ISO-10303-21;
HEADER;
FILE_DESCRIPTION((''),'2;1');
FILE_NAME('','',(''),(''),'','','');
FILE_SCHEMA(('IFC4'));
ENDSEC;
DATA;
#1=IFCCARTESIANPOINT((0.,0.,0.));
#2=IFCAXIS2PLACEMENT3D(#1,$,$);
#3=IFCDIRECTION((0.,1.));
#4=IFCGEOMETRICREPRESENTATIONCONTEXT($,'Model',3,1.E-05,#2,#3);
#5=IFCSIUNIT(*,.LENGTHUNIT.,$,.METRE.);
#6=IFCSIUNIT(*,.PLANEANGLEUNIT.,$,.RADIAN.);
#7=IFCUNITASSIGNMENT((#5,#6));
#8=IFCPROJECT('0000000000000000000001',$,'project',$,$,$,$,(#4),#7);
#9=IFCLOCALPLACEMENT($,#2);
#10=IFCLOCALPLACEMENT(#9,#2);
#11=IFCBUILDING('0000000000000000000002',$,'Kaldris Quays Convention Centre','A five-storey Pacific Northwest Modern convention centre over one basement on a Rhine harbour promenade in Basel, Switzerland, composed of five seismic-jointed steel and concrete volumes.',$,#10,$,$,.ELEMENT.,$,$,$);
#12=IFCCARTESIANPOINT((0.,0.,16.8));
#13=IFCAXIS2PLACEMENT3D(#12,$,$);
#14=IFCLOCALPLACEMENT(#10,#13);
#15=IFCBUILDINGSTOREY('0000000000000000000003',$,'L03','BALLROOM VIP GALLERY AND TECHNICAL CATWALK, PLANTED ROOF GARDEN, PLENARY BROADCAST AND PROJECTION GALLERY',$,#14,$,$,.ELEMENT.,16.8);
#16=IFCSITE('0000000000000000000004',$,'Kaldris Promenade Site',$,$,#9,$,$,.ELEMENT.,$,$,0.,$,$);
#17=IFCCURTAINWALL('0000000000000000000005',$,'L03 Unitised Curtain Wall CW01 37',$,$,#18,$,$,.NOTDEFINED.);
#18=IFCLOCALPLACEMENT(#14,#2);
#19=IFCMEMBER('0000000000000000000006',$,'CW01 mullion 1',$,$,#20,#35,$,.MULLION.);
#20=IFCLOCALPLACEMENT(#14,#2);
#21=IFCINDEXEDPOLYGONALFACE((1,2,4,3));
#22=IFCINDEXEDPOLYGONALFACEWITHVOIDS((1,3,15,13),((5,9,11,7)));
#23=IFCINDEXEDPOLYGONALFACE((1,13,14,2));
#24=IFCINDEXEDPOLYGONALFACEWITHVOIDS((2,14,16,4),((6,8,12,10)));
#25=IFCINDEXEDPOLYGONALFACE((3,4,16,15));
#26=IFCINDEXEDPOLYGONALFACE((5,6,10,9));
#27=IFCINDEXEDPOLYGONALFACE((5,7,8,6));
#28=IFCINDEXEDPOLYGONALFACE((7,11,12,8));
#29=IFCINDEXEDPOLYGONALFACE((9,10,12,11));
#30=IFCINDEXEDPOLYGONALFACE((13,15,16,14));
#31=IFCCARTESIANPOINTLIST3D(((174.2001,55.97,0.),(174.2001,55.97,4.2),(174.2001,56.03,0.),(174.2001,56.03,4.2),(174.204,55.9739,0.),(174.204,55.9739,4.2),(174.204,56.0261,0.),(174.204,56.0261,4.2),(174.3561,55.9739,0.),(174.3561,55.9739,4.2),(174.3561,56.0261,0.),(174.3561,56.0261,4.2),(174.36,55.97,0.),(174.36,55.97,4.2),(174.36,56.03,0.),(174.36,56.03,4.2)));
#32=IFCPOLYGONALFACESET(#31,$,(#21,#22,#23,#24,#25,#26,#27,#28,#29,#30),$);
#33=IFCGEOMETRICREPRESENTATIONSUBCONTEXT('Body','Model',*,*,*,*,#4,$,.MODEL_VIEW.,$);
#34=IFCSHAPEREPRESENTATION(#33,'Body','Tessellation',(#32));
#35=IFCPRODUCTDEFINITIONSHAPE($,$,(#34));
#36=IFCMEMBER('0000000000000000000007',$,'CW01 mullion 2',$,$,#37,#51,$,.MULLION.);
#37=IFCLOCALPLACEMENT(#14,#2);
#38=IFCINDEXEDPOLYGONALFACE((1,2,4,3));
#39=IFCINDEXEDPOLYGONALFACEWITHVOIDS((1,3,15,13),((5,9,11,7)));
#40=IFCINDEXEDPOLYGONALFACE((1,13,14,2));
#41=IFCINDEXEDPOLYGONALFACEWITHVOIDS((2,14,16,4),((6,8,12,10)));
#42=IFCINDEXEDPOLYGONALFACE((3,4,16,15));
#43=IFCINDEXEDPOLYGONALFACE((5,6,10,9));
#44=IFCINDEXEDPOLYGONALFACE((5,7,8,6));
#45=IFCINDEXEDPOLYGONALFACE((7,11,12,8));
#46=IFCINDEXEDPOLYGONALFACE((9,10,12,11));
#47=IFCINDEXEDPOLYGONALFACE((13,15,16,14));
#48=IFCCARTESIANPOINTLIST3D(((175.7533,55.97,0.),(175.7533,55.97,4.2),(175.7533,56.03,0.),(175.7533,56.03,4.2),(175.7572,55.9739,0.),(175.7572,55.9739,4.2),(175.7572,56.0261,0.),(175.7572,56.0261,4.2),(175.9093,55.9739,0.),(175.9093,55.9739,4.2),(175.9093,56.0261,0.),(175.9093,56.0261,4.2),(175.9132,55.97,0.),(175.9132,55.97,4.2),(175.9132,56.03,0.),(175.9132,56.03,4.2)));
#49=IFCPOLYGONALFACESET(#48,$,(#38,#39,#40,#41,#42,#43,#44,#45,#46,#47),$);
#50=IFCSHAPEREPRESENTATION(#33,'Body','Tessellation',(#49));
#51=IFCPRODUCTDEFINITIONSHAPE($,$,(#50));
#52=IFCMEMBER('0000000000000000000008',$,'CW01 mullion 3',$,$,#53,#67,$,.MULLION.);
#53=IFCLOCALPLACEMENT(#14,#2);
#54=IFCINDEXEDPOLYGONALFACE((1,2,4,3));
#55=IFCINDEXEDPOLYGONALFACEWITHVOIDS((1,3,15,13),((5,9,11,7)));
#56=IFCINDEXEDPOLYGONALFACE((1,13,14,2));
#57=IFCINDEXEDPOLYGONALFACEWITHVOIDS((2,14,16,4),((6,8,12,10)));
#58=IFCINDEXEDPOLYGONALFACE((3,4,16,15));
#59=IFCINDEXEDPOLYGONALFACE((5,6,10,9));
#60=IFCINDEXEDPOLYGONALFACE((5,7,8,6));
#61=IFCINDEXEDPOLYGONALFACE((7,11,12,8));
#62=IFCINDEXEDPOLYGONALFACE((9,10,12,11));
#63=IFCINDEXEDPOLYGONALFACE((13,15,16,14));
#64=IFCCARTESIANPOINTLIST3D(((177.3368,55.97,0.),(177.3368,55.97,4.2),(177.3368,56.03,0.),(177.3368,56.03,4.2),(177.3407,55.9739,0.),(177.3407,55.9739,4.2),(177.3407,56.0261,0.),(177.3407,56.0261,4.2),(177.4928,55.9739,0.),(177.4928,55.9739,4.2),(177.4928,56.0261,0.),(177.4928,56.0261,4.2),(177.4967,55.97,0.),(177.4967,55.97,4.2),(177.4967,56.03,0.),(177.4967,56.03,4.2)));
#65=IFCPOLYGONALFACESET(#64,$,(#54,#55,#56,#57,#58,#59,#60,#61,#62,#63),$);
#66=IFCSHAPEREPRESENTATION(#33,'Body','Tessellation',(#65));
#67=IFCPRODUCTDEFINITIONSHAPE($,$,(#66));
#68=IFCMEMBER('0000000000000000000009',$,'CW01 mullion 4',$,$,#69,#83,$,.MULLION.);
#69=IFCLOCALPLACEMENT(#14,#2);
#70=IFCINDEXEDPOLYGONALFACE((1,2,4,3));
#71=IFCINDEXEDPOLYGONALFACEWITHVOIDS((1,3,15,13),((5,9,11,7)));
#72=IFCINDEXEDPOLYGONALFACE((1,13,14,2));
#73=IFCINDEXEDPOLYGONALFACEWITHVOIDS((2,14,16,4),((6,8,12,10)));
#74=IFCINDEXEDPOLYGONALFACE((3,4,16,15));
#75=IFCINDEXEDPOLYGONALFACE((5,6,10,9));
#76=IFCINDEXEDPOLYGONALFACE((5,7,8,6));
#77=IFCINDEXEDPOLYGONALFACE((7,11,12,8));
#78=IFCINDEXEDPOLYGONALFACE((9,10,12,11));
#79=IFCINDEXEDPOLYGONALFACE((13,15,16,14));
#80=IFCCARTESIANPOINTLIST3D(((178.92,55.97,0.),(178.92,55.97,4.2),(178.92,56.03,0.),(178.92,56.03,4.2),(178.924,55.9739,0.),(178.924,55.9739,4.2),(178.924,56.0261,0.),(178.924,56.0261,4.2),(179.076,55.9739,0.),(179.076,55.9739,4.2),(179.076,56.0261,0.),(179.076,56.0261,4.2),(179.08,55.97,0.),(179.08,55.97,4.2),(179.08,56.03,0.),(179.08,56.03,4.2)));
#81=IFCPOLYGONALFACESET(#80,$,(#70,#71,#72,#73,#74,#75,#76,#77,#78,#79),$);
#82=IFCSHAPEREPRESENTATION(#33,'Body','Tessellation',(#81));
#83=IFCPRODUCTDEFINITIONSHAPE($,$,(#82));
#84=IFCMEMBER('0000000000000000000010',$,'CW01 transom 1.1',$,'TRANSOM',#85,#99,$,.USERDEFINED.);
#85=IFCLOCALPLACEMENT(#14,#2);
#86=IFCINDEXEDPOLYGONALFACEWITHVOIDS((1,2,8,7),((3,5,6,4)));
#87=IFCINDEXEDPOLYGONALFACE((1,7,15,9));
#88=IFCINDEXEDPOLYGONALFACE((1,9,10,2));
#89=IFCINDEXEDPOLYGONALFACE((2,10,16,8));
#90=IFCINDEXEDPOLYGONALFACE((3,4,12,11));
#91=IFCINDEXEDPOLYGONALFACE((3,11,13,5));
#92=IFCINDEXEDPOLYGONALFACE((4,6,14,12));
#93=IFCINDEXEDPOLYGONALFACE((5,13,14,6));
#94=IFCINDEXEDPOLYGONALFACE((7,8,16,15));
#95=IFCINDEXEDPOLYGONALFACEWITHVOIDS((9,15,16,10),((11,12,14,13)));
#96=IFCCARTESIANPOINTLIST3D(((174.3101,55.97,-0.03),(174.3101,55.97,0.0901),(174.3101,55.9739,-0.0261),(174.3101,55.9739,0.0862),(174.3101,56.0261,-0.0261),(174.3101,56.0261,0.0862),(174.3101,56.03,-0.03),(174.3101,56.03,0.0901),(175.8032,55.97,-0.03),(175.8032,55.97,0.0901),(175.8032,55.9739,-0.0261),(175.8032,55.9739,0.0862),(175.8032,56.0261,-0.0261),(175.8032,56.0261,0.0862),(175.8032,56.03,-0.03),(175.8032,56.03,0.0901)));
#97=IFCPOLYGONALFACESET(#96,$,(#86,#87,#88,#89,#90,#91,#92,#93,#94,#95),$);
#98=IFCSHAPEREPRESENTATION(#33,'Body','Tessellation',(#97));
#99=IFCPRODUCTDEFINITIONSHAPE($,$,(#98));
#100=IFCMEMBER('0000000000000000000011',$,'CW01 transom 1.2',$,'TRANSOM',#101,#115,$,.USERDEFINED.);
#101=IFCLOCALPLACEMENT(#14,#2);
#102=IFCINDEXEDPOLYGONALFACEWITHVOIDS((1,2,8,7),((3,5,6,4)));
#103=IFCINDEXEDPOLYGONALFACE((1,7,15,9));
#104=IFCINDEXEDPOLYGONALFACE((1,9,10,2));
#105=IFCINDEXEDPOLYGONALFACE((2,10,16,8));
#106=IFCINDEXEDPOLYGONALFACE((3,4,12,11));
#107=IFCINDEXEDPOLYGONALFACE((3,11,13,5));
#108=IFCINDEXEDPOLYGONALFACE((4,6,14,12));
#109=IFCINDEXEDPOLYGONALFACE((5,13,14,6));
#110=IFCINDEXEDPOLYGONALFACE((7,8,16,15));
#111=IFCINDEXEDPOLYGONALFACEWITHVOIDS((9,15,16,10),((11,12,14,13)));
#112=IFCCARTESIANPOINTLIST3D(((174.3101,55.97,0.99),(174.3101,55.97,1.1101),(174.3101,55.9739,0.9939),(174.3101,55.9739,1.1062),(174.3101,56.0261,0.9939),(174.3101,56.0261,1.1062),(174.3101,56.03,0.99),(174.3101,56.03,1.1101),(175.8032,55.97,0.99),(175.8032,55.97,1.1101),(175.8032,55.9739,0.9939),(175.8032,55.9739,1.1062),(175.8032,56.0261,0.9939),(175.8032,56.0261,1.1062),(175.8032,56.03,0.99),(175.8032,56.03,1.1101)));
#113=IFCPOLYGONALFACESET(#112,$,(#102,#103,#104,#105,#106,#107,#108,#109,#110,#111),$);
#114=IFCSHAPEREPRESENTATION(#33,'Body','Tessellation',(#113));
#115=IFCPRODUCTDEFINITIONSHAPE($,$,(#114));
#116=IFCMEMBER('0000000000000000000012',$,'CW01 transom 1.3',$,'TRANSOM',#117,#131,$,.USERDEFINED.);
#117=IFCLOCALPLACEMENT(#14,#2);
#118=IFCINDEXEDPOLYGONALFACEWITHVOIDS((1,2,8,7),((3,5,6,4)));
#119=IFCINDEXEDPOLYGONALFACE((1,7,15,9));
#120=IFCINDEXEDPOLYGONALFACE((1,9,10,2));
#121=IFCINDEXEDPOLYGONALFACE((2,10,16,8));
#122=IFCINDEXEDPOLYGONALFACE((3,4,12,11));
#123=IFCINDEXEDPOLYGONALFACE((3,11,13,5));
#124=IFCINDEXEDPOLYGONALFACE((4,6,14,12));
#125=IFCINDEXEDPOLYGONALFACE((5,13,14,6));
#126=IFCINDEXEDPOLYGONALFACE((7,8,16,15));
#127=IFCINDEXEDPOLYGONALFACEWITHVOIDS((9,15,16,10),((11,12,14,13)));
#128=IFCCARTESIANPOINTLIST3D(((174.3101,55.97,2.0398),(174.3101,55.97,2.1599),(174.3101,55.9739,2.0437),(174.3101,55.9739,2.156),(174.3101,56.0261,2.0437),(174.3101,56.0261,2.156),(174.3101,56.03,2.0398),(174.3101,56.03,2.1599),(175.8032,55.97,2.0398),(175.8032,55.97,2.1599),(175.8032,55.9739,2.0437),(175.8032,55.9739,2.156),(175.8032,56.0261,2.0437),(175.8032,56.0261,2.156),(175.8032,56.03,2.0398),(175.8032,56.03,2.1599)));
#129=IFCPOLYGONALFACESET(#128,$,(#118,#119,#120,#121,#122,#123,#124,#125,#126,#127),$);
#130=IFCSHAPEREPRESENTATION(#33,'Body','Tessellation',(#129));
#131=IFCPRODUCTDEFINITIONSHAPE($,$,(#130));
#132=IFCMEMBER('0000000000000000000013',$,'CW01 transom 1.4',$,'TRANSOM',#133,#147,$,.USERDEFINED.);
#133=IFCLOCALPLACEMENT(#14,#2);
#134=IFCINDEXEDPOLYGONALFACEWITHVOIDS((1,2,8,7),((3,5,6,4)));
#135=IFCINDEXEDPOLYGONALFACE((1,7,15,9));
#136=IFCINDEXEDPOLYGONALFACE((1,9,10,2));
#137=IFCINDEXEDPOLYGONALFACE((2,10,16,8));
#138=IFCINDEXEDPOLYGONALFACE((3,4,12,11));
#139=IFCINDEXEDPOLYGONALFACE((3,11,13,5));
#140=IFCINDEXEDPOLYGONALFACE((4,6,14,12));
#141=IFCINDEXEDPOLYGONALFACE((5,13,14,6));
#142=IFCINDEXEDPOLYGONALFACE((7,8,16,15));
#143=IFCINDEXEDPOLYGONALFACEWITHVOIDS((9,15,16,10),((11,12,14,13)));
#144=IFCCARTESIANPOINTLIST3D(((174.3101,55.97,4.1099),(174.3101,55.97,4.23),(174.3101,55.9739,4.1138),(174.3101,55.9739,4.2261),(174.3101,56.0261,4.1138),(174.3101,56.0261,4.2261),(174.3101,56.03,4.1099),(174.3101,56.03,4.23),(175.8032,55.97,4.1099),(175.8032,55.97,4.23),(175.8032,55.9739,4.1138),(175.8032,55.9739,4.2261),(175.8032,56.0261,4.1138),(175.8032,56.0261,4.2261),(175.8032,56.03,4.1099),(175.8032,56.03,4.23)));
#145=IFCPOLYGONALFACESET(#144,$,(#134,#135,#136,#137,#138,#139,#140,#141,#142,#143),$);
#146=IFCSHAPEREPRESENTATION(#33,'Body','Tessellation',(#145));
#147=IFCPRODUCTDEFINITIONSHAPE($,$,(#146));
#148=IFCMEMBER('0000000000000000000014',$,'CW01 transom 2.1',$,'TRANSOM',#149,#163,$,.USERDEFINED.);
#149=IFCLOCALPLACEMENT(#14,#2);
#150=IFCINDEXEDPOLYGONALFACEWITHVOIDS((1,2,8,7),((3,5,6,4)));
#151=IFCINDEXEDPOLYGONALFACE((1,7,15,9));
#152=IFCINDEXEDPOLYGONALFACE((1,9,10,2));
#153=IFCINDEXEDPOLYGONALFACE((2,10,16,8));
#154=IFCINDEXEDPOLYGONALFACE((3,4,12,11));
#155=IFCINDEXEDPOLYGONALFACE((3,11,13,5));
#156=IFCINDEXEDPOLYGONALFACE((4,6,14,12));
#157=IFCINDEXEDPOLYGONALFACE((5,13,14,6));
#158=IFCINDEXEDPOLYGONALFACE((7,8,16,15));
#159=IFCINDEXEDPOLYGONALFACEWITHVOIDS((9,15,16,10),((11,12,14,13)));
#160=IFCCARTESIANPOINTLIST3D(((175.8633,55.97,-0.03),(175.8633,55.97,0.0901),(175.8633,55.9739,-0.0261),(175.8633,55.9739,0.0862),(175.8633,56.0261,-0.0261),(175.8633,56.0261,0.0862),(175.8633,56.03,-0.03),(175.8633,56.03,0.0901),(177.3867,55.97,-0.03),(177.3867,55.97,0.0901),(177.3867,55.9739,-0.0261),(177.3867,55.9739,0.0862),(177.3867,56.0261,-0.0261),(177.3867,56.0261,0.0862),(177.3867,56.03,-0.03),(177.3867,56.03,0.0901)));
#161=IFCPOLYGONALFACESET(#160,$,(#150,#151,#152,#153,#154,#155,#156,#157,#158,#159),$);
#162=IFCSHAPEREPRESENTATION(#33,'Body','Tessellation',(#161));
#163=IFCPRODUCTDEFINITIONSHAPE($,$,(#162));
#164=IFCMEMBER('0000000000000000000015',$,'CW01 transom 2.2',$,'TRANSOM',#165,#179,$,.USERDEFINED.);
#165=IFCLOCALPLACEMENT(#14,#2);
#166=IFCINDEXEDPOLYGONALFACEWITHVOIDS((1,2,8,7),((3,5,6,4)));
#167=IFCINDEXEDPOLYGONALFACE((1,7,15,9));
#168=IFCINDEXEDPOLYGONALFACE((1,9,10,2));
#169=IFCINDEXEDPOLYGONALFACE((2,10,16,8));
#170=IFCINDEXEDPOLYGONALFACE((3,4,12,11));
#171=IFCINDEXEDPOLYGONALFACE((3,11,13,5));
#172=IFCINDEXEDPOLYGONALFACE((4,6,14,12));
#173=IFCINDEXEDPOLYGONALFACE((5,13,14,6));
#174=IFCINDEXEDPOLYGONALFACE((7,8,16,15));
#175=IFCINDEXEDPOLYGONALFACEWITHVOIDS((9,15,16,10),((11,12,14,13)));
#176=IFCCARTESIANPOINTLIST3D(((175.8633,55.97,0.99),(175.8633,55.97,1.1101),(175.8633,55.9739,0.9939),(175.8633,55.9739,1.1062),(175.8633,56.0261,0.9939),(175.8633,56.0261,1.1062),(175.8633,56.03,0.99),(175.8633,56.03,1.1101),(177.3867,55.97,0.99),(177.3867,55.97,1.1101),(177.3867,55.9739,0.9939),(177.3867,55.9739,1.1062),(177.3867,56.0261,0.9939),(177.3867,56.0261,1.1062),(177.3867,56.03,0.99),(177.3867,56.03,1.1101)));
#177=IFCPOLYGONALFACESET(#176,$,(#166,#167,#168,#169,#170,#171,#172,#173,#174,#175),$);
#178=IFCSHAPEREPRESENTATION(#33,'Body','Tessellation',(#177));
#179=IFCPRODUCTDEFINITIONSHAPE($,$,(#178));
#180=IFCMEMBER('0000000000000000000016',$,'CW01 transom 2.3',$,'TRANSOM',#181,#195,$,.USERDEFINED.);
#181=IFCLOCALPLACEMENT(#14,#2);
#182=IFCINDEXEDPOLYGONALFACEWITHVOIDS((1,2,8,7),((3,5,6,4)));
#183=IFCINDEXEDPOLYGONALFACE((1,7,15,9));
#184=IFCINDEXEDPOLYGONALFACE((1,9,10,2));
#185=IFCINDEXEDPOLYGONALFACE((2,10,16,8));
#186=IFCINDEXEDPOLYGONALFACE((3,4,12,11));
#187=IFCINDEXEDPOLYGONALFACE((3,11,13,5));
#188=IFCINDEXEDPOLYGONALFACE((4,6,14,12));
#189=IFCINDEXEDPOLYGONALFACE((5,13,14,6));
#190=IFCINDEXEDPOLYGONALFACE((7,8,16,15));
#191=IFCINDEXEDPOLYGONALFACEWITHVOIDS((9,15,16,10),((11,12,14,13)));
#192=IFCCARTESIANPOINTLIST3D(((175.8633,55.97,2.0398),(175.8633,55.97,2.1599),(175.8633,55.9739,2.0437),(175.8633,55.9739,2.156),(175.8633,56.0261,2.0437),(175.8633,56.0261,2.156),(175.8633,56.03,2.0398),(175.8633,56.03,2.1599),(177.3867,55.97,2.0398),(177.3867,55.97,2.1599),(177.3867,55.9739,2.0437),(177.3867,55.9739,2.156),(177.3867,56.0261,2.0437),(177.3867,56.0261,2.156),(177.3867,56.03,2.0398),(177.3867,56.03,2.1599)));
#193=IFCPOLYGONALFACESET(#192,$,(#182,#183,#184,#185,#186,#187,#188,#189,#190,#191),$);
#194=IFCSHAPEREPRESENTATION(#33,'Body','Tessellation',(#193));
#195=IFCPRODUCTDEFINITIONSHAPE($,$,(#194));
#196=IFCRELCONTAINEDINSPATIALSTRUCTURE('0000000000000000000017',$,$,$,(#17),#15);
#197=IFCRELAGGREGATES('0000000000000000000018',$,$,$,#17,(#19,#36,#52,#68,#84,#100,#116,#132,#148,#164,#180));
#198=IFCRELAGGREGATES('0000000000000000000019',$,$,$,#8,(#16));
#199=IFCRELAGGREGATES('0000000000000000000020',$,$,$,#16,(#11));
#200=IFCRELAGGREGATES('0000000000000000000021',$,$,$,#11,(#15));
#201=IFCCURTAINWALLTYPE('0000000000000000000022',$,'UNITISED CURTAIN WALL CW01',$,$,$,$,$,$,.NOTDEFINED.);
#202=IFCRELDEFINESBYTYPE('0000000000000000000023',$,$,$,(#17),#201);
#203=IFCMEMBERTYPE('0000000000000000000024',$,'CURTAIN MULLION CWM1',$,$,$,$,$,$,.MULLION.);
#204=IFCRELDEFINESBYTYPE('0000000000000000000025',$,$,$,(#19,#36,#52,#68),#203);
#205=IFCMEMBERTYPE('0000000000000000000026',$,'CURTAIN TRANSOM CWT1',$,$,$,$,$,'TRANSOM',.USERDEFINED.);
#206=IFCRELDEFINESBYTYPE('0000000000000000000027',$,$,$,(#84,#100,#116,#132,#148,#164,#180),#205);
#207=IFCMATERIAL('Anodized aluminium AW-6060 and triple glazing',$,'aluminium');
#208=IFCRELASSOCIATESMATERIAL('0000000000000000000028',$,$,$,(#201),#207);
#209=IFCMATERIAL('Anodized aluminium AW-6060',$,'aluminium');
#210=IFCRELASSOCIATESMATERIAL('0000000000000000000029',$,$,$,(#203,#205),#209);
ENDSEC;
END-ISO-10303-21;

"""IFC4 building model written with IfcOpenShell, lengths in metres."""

from ifc_helpers import new_model, si_unit, direction, frame, origin, origin_2d, place, context, subcontext, project, spatial, hollow_rectangle, extrude, material, material_profile, profile_set, type_object, element, aggregate, save


model = new_model("IFC4")

# Units and contexts
model_context = context("Model", 3, precision=1e-05, world=origin(), true_north=direction((0.0, 1.0)))
body_context = subcontext(model_context, "Body", "Model", "MODEL_VIEW")
ifc_project = project(units=[si_unit("LENGTHUNIT", "METRE"), si_unit("PLANEANGLEUNIT", "RADIAN")], contexts=[model_context])

# Site, building, storey
site_placement = place(None, origin())
site = spatial("IfcSite", under=ifc_project, at=site_placement, Name="Kaldris Promenade Site", CompositionType="ELEMENT", RefElevation=0.0)
building_placement = place(site_placement, origin())
building = spatial("IfcBuilding", under=site, at=building_placement, Name="Kaldris Quays Convention Centre", Description="A five-storey Pacific Northwest Modern convention centre over one basement on a Rhine harbour promenade in Basel, Switzerland, composed of five seismic-jointed steel and concrete volumes.", CompositionType="ELEMENT")
storey_placement = place(building_placement, frame((0.0, 0.0, 16.8)))
storey = spatial("IfcBuildingStorey", under=building, at=storey_placement, Name="L03", Description="BALLROOM VIP GALLERY AND TECHNICAL CATWALK, PLANTED ROOF GARDEN, PLENARY BROADCAST AND PROJECTION GALLERY", CompositionType="ELEMENT", Elevation=16.8)

# Curtain wall, members
ifc_material_1 = material(Name="Anodized aluminium AW-6060 and triple glazing", Category="aluminium")
curtain_wall_type = type_object("IfcCurtainWallType", Name="UNITISED CURTAIN WALL CW01", PredefinedType="NOTDEFINED", material=ifc_material_1)
curtain_wall_placement = place(storey_placement, origin())
curtain_wall = element("IfcCurtainWall", 1, at=curtain_wall_placement, inside=storey, type_object=curtain_wall_type, Name="L03 Unitised Curtain Wall CW01 37", PredefinedType="NOTDEFINED")
ifc_material_2 = material(Name="Anodized aluminium AW-6060", Category="aluminium")
ifc_material_profile_1 = material_profile(ifc_material_2, hollow_rectangle(XDim=0.0601, YDim=0.1599, WallThickness=0.0039, at=origin_2d()), Name="RHS 160x60x4")
ifc_profile_set_1 = profile_set([ifc_material_profile_1], Name="Anodized aluminium AW-6060")
member_type_1 = type_object("IfcMemberType", Name="CURTAIN MULLION CWM1", PredefinedType="MULLION", material=ifc_profile_set_1)
member_1_placement = place(storey_placement, frame((174.28, 56.0, 0.0), z_axis=(0.0, 0.0, 1.0), x_axis=(0.0, 1.0, 0.0)))
member_1 = element("IfcMember", 2, at=member_1_placement, type_object=member_type_1, Name="CW01 mullion 1", PredefinedType="MULLION", context=body_context, shape_type="SweptSolid", body=[
    extrude(hollow_rectangle(XDim=0.0601, YDim=0.1599, WallThickness=0.0039, at=origin_2d()), origin(), (0.0, 0.0, 1.0), 4.2),
])
member_2_placement = place(storey_placement, frame((175.8333, 56.0, 0.0), z_axis=(0.0, 0.0, 1.0), x_axis=(0.0, 1.0, 0.0)))
member_2 = element("IfcMember", 3, at=member_2_placement, type_object=member_type_1, Name="CW01 mullion 2", PredefinedType="MULLION", context=body_context, shape_type="SweptSolid", body=[
    extrude(hollow_rectangle(XDim=0.0601, YDim=0.1599, WallThickness=0.0039, at=origin_2d()), origin(), (0.0, 0.0, 1.0), 4.2),
])
member_3_placement = place(storey_placement, frame((177.4167, 56.0, 0.0), z_axis=(0.0, 0.0, 1.0), x_axis=(0.0, 1.0, 0.0)))
member_3 = element("IfcMember", 4, at=member_3_placement, type_object=member_type_1, Name="CW01 mullion 3", PredefinedType="MULLION", context=body_context, shape_type="SweptSolid", body=[
    extrude(hollow_rectangle(XDim=0.0601, YDim=0.1599, WallThickness=0.0039, at=origin_2d()), origin(), (0.0, 0.0, 1.0), 4.2),
])
member_4_placement = place(storey_placement, frame((179.0, 56.0, 0.0), z_axis=(0.0, 0.0, 1.0), x_axis=(0.0, 1.0, 0.0)))
member_4 = element("IfcMember", 5, at=member_4_placement, type_object=member_type_1, Name="CW01 mullion 4", PredefinedType="MULLION", context=body_context, shape_type="SweptSolid", body=[
    extrude(hollow_rectangle(XDim=0.0601, YDim=0.1599, WallThickness=0.0039, at=origin_2d()), origin(), (0.0, 0.0, 1.0), 4.2),
])
ifc_material_profile_2 = material_profile(ifc_material_2, hollow_rectangle(XDim=0.0601, YDim=0.1201, WallThickness=0.0039, at=origin_2d()), Name="RHS 120x60x4")
ifc_profile_set_2 = profile_set([ifc_material_profile_2], Name="Anodized aluminium AW-6060")
member_type_2 = type_object("IfcMemberType", Name="CURTAIN TRANSOM CWT1", ElementType="TRANSOM", PredefinedType="USERDEFINED", material=ifc_profile_set_2)
member_5_placement = place(storey_placement, frame((174.3101, 56.0, 0.03), z_axis=(1.0, 0.0, 0.0), x_axis=(0.0, 1.0, 0.0)))
member_5 = element("IfcMember", 6, at=member_5_placement, type_object=member_type_2, Name="CW01 transom 1.1", ObjectType="TRANSOM", PredefinedType="USERDEFINED", context=body_context, shape_type="SweptSolid", body=[
    extrude(hollow_rectangle(XDim=0.0601, YDim=0.1201, WallThickness=0.0039, at=origin_2d()), origin(), (0.0, 0.0, 1.0), 1.4932),
])
member_6_placement = place(storey_placement, frame((174.3101, 56.0, 1.05), z_axis=(1.0, 0.0, 0.0), x_axis=(0.0, 1.0, 0.0)))
member_6 = element("IfcMember", 7, at=member_6_placement, type_object=member_type_2, Name="CW01 transom 1.2", ObjectType="TRANSOM", PredefinedType="USERDEFINED", context=body_context, shape_type="SweptSolid", body=[
    extrude(hollow_rectangle(XDim=0.0601, YDim=0.1201, WallThickness=0.0039, at=origin_2d()), origin(), (0.0, 0.0, 1.0), 1.4932),
])
member_7_placement = place(storey_placement, frame((174.3101, 56.0, 2.0999), z_axis=(1.0, 0.0, 0.0), x_axis=(0.0, 1.0, 0.0)))
member_7 = element("IfcMember", 8, at=member_7_placement, type_object=member_type_2, Name="CW01 transom 1.3", ObjectType="TRANSOM", PredefinedType="USERDEFINED", context=body_context, shape_type="SweptSolid", body=[
    extrude(hollow_rectangle(XDim=0.0601, YDim=0.1201, WallThickness=0.0039, at=origin_2d()), origin(), (0.0, 0.0, 1.0), 1.4932),
])
member_8_placement = place(storey_placement, frame((174.3101, 56.0, 4.1699), z_axis=(1.0, 0.0, 0.0), x_axis=(0.0, 1.0, 0.0)))
member_8 = element("IfcMember", 9, at=member_8_placement, type_object=member_type_2, Name="CW01 transom 1.4", ObjectType="TRANSOM", PredefinedType="USERDEFINED", context=body_context, shape_type="SweptSolid", body=[
    extrude(hollow_rectangle(XDim=0.0601, YDim=0.1201, WallThickness=0.0039, at=origin_2d()), origin(), (0.0, 0.0, 1.0), 1.4932),
])
member_9_placement = place(storey_placement, frame((175.8633, 56.0, 0.03), z_axis=(1.0, 0.0, 0.0), x_axis=(0.0, 1.0, 0.0)))
member_9 = element("IfcMember", 10, at=member_9_placement, type_object=member_type_2, Name="CW01 transom 2.1", ObjectType="TRANSOM", PredefinedType="USERDEFINED", context=body_context, shape_type="SweptSolid", body=[
    extrude(hollow_rectangle(XDim=0.0601, YDim=0.1201, WallThickness=0.0039, at=origin_2d()), origin(), (0.0, 0.0, 1.0), 1.5234),
])
member_10_placement = place(storey_placement, frame((175.8633, 56.0, 1.05), z_axis=(1.0, 0.0, 0.0), x_axis=(0.0, 1.0, 0.0)))
member_10 = element("IfcMember", 11, at=member_10_placement, type_object=member_type_2, Name="CW01 transom 2.2", ObjectType="TRANSOM", PredefinedType="USERDEFINED", context=body_context, shape_type="SweptSolid", body=[
    extrude(hollow_rectangle(XDim=0.0601, YDim=0.1201, WallThickness=0.0039, at=origin_2d()), origin(), (0.0, 0.0, 1.0), 1.5234),
])
member_11_placement = place(storey_placement, frame((175.8633, 56.0, 2.0999), z_axis=(1.0, 0.0, 0.0), x_axis=(0.0, 1.0, 0.0)))
member_11 = element("IfcMember", 12, at=member_11_placement, type_object=member_type_2, Name="CW01 transom 2.3", ObjectType="TRANSOM", PredefinedType="USERDEFINED", context=body_context, shape_type="SweptSolid", body=[
    extrude(hollow_rectangle(XDim=0.0601, YDim=0.1201, WallThickness=0.0039, at=origin_2d()), origin(), (0.0, 0.0, 1.0), 1.5234),
])
aggregate(curtain_wall, [member_1, member_2, member_3, member_4, member_5, member_6, member_7, member_8, member_9, member_10, member_11])

save(model, "model.ifc")
